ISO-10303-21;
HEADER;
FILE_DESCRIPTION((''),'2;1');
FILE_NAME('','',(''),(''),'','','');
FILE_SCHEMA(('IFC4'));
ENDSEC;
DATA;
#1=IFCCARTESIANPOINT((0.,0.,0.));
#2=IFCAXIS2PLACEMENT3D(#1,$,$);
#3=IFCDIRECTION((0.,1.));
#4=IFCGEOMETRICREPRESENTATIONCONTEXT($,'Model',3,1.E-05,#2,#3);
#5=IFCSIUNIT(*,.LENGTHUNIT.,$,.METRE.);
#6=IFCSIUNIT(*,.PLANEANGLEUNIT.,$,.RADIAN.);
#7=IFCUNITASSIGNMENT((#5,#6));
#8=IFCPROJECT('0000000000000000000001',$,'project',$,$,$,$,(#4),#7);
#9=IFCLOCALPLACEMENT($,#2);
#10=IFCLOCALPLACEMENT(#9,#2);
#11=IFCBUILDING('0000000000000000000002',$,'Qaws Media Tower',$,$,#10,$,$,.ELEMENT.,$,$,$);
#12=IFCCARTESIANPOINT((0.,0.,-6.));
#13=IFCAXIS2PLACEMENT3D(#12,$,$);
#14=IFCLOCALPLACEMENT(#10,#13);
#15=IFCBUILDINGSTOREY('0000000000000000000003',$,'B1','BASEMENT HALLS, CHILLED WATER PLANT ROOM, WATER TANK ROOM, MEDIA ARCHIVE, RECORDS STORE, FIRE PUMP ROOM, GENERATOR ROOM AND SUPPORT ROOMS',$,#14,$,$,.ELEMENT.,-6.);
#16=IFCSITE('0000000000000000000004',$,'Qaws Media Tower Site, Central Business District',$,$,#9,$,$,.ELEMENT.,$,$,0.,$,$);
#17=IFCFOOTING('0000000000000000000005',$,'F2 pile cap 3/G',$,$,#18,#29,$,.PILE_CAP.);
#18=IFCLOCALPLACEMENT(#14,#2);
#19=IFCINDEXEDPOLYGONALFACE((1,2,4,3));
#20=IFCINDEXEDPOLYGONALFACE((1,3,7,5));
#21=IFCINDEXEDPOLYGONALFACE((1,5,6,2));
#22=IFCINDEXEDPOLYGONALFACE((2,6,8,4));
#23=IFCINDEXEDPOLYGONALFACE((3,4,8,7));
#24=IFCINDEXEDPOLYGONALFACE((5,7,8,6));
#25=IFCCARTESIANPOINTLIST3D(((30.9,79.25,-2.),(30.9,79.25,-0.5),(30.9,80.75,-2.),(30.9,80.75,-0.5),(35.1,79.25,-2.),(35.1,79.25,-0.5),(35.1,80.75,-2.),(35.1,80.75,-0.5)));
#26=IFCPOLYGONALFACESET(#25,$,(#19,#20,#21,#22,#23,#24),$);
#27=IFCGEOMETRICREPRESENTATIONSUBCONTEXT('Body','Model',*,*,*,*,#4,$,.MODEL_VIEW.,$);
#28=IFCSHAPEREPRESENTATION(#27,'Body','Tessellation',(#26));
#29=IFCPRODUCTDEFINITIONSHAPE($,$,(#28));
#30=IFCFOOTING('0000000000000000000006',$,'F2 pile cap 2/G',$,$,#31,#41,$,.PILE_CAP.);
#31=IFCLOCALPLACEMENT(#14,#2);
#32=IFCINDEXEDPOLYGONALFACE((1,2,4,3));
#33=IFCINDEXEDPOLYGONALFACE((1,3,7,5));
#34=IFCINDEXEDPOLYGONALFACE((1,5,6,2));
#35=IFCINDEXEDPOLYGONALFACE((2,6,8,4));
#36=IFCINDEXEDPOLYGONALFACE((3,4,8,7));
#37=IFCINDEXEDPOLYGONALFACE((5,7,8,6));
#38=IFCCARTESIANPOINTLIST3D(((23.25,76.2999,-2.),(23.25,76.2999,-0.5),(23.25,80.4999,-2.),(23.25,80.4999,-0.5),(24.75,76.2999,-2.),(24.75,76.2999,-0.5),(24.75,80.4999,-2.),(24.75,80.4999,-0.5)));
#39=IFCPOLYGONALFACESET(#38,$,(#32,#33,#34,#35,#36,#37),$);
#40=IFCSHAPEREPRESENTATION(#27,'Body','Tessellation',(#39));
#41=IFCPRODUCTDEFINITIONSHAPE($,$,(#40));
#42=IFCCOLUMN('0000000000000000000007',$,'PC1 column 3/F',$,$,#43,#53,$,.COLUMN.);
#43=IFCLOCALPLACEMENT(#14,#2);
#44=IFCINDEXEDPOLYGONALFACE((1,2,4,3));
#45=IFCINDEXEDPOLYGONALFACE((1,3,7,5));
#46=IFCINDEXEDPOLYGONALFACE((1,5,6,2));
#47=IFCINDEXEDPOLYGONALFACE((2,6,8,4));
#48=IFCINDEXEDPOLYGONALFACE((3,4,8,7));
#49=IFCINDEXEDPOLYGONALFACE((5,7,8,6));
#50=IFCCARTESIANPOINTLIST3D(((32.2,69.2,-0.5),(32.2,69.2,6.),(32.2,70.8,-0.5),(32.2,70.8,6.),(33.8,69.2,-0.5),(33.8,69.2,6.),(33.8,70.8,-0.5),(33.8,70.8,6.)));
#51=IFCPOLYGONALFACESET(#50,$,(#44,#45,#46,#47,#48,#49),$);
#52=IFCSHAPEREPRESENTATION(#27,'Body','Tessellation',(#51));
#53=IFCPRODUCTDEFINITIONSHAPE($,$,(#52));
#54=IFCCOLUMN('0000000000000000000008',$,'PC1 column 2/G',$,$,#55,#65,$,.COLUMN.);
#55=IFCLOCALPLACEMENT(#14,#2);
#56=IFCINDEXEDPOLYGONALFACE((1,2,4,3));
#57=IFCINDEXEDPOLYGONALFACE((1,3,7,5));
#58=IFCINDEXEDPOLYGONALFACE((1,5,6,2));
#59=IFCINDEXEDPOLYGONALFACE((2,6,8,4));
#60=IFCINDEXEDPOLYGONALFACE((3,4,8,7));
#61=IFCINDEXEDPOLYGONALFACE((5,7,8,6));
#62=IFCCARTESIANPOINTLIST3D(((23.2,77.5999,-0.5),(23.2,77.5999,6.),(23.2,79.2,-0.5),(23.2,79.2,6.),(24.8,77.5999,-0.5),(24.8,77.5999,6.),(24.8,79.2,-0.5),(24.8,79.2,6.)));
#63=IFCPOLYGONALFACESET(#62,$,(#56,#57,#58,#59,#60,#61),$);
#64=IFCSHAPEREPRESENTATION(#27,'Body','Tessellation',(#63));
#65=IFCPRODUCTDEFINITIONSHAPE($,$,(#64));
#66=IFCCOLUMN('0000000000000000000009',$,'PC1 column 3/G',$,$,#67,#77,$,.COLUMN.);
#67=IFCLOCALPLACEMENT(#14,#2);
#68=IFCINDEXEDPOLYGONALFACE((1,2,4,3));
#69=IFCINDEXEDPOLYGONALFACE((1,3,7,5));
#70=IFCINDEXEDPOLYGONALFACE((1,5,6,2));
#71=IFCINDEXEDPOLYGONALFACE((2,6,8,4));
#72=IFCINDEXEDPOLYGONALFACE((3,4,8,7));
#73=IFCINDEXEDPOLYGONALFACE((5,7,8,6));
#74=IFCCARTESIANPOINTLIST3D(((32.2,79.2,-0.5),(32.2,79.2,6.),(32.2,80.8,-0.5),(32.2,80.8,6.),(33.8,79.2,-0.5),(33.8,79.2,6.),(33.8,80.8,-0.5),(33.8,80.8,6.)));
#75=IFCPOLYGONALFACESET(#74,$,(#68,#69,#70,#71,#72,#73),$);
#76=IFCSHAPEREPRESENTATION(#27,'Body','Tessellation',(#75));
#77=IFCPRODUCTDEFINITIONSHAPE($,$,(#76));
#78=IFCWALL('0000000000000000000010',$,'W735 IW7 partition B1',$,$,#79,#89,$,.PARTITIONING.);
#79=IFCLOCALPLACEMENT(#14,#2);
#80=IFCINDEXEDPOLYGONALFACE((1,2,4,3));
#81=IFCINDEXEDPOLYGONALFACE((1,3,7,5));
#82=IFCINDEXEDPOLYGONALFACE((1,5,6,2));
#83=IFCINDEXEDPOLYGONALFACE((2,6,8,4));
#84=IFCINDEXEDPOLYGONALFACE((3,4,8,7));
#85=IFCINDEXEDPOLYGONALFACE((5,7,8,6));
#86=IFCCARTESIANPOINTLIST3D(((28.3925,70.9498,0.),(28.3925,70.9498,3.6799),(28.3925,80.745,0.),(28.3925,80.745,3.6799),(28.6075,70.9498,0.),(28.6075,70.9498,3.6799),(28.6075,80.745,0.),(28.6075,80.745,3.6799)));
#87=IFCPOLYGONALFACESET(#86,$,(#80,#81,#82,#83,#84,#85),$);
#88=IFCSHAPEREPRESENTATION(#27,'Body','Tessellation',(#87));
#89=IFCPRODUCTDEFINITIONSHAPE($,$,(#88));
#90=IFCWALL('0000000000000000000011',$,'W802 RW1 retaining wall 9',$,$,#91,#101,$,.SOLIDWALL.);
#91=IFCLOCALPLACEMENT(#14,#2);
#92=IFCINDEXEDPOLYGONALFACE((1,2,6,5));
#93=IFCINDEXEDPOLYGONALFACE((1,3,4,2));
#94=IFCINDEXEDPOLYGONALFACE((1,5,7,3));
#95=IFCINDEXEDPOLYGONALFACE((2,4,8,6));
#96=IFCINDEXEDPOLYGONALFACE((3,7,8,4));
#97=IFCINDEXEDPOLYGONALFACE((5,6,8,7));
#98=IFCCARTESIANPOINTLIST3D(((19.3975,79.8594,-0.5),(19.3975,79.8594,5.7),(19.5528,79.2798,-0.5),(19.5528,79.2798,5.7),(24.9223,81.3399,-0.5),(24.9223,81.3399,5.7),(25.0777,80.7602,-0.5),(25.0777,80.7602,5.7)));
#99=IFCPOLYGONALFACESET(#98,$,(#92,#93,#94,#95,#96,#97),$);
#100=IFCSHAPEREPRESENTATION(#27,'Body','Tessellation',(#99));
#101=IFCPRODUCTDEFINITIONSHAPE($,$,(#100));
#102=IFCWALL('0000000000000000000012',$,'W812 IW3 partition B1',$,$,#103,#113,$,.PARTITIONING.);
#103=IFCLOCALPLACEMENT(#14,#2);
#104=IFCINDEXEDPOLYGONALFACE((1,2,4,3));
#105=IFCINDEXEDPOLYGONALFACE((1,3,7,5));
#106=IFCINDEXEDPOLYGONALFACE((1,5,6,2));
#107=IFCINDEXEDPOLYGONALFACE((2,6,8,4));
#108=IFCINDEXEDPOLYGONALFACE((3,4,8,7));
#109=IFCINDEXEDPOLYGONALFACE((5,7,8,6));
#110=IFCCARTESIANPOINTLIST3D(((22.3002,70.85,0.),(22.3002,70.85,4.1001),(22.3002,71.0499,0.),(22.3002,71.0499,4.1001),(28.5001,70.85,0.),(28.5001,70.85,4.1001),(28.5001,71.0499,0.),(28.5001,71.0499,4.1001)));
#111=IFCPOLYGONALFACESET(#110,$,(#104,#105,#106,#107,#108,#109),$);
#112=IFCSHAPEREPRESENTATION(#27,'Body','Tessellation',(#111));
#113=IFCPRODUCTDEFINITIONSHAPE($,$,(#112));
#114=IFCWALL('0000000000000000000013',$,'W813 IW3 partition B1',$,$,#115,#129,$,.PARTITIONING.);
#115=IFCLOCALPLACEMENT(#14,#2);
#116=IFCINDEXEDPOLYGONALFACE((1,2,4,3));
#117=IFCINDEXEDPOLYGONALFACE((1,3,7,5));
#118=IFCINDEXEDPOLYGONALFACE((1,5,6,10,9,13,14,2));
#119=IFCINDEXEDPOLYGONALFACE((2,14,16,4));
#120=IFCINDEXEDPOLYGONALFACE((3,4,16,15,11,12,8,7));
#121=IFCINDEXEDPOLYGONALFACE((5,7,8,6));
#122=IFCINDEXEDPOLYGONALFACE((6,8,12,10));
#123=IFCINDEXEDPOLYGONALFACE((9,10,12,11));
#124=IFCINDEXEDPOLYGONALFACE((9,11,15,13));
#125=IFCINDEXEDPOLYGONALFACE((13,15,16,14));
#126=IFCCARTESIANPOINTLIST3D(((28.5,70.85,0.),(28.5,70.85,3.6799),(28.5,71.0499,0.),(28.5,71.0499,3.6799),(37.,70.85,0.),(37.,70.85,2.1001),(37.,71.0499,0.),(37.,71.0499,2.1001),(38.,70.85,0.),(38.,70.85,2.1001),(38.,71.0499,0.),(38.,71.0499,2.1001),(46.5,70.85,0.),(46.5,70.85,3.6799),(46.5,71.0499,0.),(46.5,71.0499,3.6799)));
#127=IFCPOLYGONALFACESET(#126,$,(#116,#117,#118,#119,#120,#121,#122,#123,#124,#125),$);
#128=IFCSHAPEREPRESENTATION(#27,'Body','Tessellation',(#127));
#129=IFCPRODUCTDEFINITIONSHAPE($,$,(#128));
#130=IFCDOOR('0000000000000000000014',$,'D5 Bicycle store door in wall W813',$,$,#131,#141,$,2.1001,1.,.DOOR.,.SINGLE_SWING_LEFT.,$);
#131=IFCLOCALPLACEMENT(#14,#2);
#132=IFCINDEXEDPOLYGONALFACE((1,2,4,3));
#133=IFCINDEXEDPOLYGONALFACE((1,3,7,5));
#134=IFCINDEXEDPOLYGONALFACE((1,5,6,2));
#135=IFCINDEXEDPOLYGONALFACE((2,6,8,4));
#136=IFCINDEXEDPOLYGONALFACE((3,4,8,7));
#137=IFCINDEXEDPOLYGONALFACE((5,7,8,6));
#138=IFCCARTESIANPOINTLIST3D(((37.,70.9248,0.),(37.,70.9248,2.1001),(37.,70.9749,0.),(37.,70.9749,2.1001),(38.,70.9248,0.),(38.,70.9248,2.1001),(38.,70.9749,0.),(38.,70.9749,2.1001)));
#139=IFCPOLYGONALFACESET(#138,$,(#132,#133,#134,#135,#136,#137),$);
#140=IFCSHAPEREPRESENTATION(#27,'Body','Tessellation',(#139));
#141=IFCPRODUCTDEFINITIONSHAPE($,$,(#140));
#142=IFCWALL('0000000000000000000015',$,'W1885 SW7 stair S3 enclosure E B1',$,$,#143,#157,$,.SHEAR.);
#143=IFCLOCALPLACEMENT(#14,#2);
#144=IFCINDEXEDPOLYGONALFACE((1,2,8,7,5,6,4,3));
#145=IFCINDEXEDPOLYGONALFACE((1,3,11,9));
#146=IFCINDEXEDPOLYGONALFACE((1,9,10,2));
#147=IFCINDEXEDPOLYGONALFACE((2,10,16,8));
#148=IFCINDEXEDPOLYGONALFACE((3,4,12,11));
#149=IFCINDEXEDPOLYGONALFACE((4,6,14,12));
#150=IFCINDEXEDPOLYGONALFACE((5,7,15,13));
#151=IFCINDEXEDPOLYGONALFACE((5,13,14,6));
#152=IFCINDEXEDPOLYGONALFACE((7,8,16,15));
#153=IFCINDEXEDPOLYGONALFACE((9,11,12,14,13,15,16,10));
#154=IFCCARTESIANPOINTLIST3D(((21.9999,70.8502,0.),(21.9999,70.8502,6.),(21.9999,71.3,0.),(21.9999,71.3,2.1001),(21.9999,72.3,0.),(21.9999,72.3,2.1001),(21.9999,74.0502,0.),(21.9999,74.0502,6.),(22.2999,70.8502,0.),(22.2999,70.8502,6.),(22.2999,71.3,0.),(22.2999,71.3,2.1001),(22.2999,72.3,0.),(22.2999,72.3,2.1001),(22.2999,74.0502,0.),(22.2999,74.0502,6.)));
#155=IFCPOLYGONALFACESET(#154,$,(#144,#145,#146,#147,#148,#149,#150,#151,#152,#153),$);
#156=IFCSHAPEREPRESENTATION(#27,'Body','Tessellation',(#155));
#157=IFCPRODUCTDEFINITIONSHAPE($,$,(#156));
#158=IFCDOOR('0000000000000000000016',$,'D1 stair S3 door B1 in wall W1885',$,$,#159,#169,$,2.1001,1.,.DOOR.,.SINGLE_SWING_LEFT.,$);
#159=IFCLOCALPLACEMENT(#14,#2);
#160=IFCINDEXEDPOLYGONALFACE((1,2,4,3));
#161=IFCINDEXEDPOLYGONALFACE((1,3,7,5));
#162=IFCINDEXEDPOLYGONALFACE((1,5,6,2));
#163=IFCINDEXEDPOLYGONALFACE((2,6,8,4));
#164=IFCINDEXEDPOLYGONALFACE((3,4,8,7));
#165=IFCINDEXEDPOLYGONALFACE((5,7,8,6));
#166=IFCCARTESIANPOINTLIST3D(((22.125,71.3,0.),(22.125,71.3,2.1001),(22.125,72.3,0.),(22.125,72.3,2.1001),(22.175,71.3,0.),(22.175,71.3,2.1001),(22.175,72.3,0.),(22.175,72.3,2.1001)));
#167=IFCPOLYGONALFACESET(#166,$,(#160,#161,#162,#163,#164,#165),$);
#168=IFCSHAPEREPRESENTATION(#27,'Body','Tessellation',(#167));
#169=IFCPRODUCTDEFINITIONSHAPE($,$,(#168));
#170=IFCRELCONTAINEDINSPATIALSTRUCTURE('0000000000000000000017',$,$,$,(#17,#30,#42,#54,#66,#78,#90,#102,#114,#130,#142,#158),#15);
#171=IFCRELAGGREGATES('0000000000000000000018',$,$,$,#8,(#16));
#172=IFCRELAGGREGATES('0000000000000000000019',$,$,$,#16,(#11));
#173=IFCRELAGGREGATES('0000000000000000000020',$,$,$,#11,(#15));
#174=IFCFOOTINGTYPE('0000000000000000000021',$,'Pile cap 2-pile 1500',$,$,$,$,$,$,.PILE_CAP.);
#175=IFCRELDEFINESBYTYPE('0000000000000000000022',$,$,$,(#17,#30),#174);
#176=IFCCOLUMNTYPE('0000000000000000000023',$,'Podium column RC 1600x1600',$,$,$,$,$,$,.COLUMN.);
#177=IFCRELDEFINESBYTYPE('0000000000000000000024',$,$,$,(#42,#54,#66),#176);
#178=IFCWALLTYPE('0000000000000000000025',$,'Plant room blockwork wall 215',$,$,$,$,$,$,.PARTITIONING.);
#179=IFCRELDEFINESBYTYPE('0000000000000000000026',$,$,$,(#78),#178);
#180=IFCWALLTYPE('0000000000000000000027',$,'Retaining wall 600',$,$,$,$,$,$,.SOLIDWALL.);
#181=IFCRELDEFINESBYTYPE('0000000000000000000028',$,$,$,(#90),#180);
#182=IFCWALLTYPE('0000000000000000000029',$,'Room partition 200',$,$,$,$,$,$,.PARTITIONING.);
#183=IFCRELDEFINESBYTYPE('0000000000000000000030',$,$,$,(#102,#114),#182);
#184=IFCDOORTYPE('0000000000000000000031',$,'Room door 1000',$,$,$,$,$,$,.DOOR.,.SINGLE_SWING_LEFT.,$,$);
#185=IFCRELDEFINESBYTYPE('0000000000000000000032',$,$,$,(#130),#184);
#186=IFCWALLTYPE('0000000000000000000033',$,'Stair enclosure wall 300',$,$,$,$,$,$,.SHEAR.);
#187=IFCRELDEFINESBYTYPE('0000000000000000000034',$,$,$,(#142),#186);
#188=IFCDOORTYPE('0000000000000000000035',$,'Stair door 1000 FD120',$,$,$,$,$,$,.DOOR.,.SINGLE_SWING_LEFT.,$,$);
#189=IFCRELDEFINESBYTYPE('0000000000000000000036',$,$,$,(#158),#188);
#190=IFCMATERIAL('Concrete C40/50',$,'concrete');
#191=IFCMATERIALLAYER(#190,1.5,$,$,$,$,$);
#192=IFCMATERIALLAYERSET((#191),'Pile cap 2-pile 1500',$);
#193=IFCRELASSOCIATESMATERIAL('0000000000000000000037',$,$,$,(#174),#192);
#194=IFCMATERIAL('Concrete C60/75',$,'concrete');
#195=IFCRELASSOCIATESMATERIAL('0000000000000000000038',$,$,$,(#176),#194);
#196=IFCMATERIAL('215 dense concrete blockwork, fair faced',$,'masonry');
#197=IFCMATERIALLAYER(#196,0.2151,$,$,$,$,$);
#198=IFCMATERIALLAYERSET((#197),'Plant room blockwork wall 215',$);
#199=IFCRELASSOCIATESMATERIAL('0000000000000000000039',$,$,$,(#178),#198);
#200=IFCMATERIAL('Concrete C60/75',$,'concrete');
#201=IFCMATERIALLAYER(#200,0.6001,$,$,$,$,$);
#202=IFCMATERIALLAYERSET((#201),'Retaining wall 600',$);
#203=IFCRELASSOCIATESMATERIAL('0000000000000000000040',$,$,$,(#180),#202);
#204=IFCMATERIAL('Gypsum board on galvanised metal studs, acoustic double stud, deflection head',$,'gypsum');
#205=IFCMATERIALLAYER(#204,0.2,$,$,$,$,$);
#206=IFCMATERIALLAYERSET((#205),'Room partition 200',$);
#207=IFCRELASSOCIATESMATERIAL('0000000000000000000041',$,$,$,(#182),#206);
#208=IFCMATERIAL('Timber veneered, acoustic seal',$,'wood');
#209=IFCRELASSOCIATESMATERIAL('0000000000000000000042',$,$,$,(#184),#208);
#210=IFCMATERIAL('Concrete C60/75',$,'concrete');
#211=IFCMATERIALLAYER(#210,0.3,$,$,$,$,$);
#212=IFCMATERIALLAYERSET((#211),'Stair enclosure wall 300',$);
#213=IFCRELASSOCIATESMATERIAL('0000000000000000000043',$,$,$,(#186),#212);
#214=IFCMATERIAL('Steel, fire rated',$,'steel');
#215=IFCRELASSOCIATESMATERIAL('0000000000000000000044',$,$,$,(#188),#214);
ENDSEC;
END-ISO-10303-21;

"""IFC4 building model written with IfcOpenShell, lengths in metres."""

from ifc_helpers import new_model, si_unit, direction, frame, frame_2d, origin, origin_2d, place, context, subcontext, project, spatial, rectangle, extrude, material, layer, layer_set, material_profile, profile_set, type_object, element, fill, save


model = new_model("IFC4")

# Units and contexts
model_context = context("Model", 3, precision=1e-05, world=origin(), true_north=direction((0.0, 1.0)))
body_context = subcontext(model_context, "Body", "Model", "MODEL_VIEW")
ifc_project = project(units=[si_unit("LENGTHUNIT", "METRE"), si_unit("PLANEANGLEUNIT", "RADIAN")], contexts=[model_context])

# Site, building, storey
site_placement = place(None, origin())
site = spatial("IfcSite", under=ifc_project, at=site_placement, Name="Qaws Media Tower Site, Central Business District", CompositionType="ELEMENT", RefElevation=0.0)
building_placement = place(site_placement, origin())
building = spatial("IfcBuilding", under=site, at=building_placement, Name="Qaws Media Tower", CompositionType="ELEMENT")
storey_placement = place(building_placement, frame((0.0, 0.0, -6.0)))
storey = spatial("IfcBuildingStorey", under=building, at=storey_placement, Name="B1", Description="BASEMENT HALLS, CHILLED WATER PLANT ROOM, WATER TANK ROOM, MEDIA ARCHIVE, RECORDS STORE, FIRE PUMP ROOM, GENERATOR ROOM AND SUPPORT ROOMS", CompositionType="ELEMENT", Elevation=-6.0)

# Footings
ifc_material_1 = material(Name="Concrete C40/50", Category="concrete")
ifc_layer_1 = layer(ifc_material_1, 1.5)
ifc_layer_set_1 = layer_set([ifc_layer_1], Name="Pile cap 2-pile 1500")
footing_type_1 = type_object("IfcFootingType", Name="Pile cap 2-pile 1500", PredefinedType="PILE_CAP", material=ifc_layer_set_1)
footing_1_placement = place(storey_placement, frame((33.0, 80.0, -2.0), z_axis=(0.0, 0.0, 1.0), x_axis=(1.0, 0.0, 0.0)))
element("IfcFooting", 1, at=footing_1_placement, inside=storey, type_object=footing_type_1, Name="F2 pile cap 3/G", PredefinedType="PILE_CAP", context=body_context, shape_type="SweptSolid", body=[
    extrude(rectangle(XDim=4.2, YDim=1.5, at=origin_2d()), origin(), (0.0, 0.0, 1.0), 1.5),
])
footing_2_placement = place(storey_placement, frame((24.0, 78.3999, -2.0), z_axis=(0.0, 0.0, 1.0), x_axis=(1.0, 0.0, 0.0)))
element("IfcFooting", 2, at=footing_2_placement, inside=storey, type_object=footing_type_1, Name="F2 pile cap 2/G", PredefinedType="PILE_CAP", context=body_context, shape_type="SweptSolid", body=[
    extrude(rectangle(XDim=1.5, YDim=4.2, at=origin_2d()), origin(), (0.0, 0.0, 1.0), 1.5),
])

# Columns
ifc_material_2 = material(Name="Concrete C60/75", Category="concrete")
ifc_material_profile_1 = material_profile(ifc_material_2, rectangle(XDim=1.6001, YDim=1.6001, at=origin_2d()), Name="RC 1600x1600")
ifc_profile_set_1 = profile_set([ifc_material_profile_1], Name="Concrete C60/75")
column_type = type_object("IfcColumnType", Name="Podium column RC 1600x1600", PredefinedType="COLUMN", material=ifc_profile_set_1)
for number, where, z_axis, x_axis, name in (
    (3, (33.0, 70.0, -0.5), (0.0, 0.0, 1.0), (1.0, 0.0, 0.0), "PC1 column 3/F"),
    (4, (24.0, 78.3999, -0.5), (0.0, 0.0, 1.0), (1.0, 0.0, 0.0), "PC1 column 2/G"),
    (5, (33.0, 80.0, -0.5), (0.0, 0.0, 1.0), (1.0, 0.0, 0.0), "PC1 column 3/G"),
):
    element("IfcColumn", number, at=place(storey_placement, frame(where, z_axis=z_axis, x_axis=x_axis)), inside=storey, type_object=column_type, Name=name, PredefinedType="COLUMN", context=body_context, shape_type="SweptSolid", body=[
        extrude(rectangle(XDim=1.6001, YDim=1.6001, at=origin_2d()), origin(), (0.0, 0.0, 1.0), 6.5),
    ])

# Walls
ifc_material_3 = material(Name="215 dense concrete blockwork, fair faced", Category="masonry")
ifc_layer_2 = layer(ifc_material_3, 0.2151)
ifc_layer_set_2 = layer_set([ifc_layer_2], Name="Plant room blockwork wall 215")
wall_type_1 = type_object("IfcWallType", Name="Plant room blockwork wall 215", PredefinedType="PARTITIONING", material=ifc_layer_set_2)
wall_1_placement = place(storey_placement, frame((28.5, 70.95, 0.0), z_axis=(0.0, 0.0, 1.0), x_axis=(0.0, 1.0, 0.0)))
element("IfcWall", 6, at=wall_1_placement, inside=storey, type_object=wall_type_1, Name="W735 IW7 partition B1", PredefinedType="PARTITIONING", context=body_context, shape_type="SweptSolid", body=[
    extrude(rectangle(XDim=9.7952, YDim=0.2151, at=frame_2d((4.8975, 0.0))), origin(), (0.0, 0.0, 1.0), 3.6799),
])
ifc_material_4 = material(Name="Concrete C60/75", Category="concrete")
ifc_layer_3 = layer(ifc_material_4, 0.6001)
ifc_layer_set_3 = layer_set([ifc_layer_3], Name="Retaining wall 600")
wall_type_2 = type_object("IfcWallType", Name="Retaining wall 600", PredefinedType="SOLIDWALL", material=ifc_layer_set_3)
wall_2_placement = place(storey_placement, frame((25.0, 81.05, -0.5), z_axis=(0.0, 0.0, 1.0), x_axis=(-0.965923, -0.258831, 0.0)))
element("IfcWall", 7, at=wall_2_placement, inside=storey, type_object=wall_type_2, Name="W802 RW1 retaining wall 9", PredefinedType="SOLIDWALL", context=body_context, shape_type="SweptSolid", body=[
    extrude(rectangle(XDim=5.7197, YDim=0.6001, at=frame_2d((2.8599, 0.0))), origin(), (0.0, 0.0, 1.0), 6.2),
])
ifc_material_5 = material(Name="Gypsum board on galvanised metal studs, acoustic double stud, deflection head", Category="gypsum")
ifc_layer_4 = layer(ifc_material_5, 0.2)
ifc_layer_set_4 = layer_set([ifc_layer_4], Name="Room partition 200")
wall_type_3 = type_object("IfcWallType", Name="Room partition 200", PredefinedType="PARTITIONING", material=ifc_layer_set_4)
wall_3_placement = place(storey_placement, frame((22.3, 70.95, 0.0), z_axis=(0.0, 0.0, 1.0), x_axis=(1.0, 0.0, 0.0)))
element("IfcWall", 8, at=wall_3_placement, inside=storey, type_object=wall_type_3, Name="W812 IW3 partition B1", PredefinedType="PARTITIONING", context=body_context, shape_type="SweptSolid", body=[
    extrude(rectangle(XDim=6.2, YDim=0.2, at=frame_2d((3.1001, 0.0))), origin(), (0.0, 0.0, 1.0), 4.1001),
])

# Walls, openings, doors
wall_4_placement = place(storey_placement, frame((28.5, 70.95, 0.0), z_axis=(0.0, 0.0, 1.0), x_axis=(1.0, 0.0, 0.0)))
wall_4 = element("IfcWall", 9, at=wall_4_placement, inside=storey, type_object=wall_type_3, Name="W813 IW3 partition B1", PredefinedType="PARTITIONING", context=body_context, shape_type="SweptSolid", body=[
    extrude(rectangle(XDim=18.0, YDim=0.2, at=frame_2d((9.0, 0.0))), origin(), (0.0, 0.0, 1.0), 3.6799),
])
opening_1_placement = place(wall_4_placement, frame((8.5, 0.0, 0.0)))
opening_1 = element("IfcOpeningElement", 10, at=opening_1_placement, cuts=wall_4, PredefinedType="OPENING", context=body_context, shape_type="SweptSolid", body=[
    extrude(rectangle(XDim=1.0, YDim=2.1001, at=frame_2d((0.5, 1.05))), frame((0.0, 0.1099, 0.0), z_axis=(0.0, -1.0, 0.0), x_axis=(1.0, 0.0, 0.0)), (0.0, 0.0, 1.0), 0.22),
])
ifc_material_6 = material(Name="Timber veneered, acoustic seal", Category="wood")
door_type_1 = type_object("IfcDoorType", Name="Room door 1000", OperationType="SINGLE_SWING_LEFT", PredefinedType="DOOR", material=ifc_material_6)
door_1_placement = place(opening_1_placement, origin())
door_1 = element("IfcDoor", 11, at=door_1_placement, inside=storey, type_object=door_type_1, Name="D5 Bicycle store door in wall W813", OperationType="SINGLE_SWING_LEFT", OverallHeight=2.1001, OverallWidth=1.0, PredefinedType="DOOR", context=body_context, shape_type="SweptSolid", body=[
    extrude(rectangle(XDim=1.0, YDim=2.1001, at=frame_2d((0.5, 1.05))), frame((0.0, 0.0249, 0.0), z_axis=(0.0, -1.0, 0.0), x_axis=(1.0, 0.0, 0.0)), (0.0, 0.0, 1.0), 0.05),
])
fill(opening_1, door_1)
ifc_material_7 = material(Name="Concrete C60/75", Category="concrete")
ifc_layer_5 = layer(ifc_material_7, 0.3)
ifc_layer_set_5 = layer_set([ifc_layer_5], Name="Stair enclosure wall 300")
wall_type_4 = type_object("IfcWallType", Name="Stair enclosure wall 300", PredefinedType="SHEAR", material=ifc_layer_set_5)
wall_5_placement = place(storey_placement, frame((22.1499, 70.8501, 0.0), z_axis=(0.0, 0.0, 1.0), x_axis=(0.0, 1.0, 0.0)))
wall_5 = element("IfcWall", 12, at=wall_5_placement, inside=storey, type_object=wall_type_4, Name="W1885 SW7 stair S3 enclosure E B1", PredefinedType="SHEAR", context=body_context, shape_type="SweptSolid", body=[
    extrude(rectangle(XDim=3.2, YDim=0.3, at=frame_2d((1.6001, 0.0))), origin(), (0.0, 0.0, 1.0), 6.0),
])
opening_2_placement = place(wall_5_placement, frame((0.45, 0.0, 0.0)))
opening_2 = element("IfcOpeningElement", 13, at=opening_2_placement, cuts=wall_5, PredefinedType="OPENING", context=body_context, shape_type="SweptSolid", body=[
    extrude(rectangle(XDim=1.0, YDim=2.1001, at=frame_2d((0.5, 1.05))), frame((0.0, 0.1599, 0.0), z_axis=(0.0, -1.0, 0.0), x_axis=(1.0, 0.0, 0.0)), (0.0, 0.0, 1.0), 0.3201),
])
ifc_material_8 = material(Name="Steel, fire rated", Category="steel")
door_type_2 = type_object("IfcDoorType", Name="Stair door 1000 FD120", OperationType="SINGLE_SWING_LEFT", PredefinedType="DOOR", material=ifc_material_8)
door_2_placement = place(opening_2_placement, origin())
door_2 = element("IfcDoor", 14, at=door_2_placement, inside=storey, type_object=door_type_2, Name="D1 stair S3 door B1 in wall W1885", OperationType="SINGLE_SWING_LEFT", OverallHeight=2.1001, OverallWidth=1.0, PredefinedType="DOOR", context=body_context, shape_type="SweptSolid", body=[
    extrude(rectangle(XDim=1.0, YDim=2.1001, at=frame_2d((0.5, 1.05))), frame((0.0, 0.0249, 0.0), z_axis=(0.0, -1.0, 0.0), x_axis=(1.0, 0.0, 0.0)), (0.0, 0.0, 1.0), 0.05),
])
fill(opening_2, door_2)

save(model, "model.ifc")
